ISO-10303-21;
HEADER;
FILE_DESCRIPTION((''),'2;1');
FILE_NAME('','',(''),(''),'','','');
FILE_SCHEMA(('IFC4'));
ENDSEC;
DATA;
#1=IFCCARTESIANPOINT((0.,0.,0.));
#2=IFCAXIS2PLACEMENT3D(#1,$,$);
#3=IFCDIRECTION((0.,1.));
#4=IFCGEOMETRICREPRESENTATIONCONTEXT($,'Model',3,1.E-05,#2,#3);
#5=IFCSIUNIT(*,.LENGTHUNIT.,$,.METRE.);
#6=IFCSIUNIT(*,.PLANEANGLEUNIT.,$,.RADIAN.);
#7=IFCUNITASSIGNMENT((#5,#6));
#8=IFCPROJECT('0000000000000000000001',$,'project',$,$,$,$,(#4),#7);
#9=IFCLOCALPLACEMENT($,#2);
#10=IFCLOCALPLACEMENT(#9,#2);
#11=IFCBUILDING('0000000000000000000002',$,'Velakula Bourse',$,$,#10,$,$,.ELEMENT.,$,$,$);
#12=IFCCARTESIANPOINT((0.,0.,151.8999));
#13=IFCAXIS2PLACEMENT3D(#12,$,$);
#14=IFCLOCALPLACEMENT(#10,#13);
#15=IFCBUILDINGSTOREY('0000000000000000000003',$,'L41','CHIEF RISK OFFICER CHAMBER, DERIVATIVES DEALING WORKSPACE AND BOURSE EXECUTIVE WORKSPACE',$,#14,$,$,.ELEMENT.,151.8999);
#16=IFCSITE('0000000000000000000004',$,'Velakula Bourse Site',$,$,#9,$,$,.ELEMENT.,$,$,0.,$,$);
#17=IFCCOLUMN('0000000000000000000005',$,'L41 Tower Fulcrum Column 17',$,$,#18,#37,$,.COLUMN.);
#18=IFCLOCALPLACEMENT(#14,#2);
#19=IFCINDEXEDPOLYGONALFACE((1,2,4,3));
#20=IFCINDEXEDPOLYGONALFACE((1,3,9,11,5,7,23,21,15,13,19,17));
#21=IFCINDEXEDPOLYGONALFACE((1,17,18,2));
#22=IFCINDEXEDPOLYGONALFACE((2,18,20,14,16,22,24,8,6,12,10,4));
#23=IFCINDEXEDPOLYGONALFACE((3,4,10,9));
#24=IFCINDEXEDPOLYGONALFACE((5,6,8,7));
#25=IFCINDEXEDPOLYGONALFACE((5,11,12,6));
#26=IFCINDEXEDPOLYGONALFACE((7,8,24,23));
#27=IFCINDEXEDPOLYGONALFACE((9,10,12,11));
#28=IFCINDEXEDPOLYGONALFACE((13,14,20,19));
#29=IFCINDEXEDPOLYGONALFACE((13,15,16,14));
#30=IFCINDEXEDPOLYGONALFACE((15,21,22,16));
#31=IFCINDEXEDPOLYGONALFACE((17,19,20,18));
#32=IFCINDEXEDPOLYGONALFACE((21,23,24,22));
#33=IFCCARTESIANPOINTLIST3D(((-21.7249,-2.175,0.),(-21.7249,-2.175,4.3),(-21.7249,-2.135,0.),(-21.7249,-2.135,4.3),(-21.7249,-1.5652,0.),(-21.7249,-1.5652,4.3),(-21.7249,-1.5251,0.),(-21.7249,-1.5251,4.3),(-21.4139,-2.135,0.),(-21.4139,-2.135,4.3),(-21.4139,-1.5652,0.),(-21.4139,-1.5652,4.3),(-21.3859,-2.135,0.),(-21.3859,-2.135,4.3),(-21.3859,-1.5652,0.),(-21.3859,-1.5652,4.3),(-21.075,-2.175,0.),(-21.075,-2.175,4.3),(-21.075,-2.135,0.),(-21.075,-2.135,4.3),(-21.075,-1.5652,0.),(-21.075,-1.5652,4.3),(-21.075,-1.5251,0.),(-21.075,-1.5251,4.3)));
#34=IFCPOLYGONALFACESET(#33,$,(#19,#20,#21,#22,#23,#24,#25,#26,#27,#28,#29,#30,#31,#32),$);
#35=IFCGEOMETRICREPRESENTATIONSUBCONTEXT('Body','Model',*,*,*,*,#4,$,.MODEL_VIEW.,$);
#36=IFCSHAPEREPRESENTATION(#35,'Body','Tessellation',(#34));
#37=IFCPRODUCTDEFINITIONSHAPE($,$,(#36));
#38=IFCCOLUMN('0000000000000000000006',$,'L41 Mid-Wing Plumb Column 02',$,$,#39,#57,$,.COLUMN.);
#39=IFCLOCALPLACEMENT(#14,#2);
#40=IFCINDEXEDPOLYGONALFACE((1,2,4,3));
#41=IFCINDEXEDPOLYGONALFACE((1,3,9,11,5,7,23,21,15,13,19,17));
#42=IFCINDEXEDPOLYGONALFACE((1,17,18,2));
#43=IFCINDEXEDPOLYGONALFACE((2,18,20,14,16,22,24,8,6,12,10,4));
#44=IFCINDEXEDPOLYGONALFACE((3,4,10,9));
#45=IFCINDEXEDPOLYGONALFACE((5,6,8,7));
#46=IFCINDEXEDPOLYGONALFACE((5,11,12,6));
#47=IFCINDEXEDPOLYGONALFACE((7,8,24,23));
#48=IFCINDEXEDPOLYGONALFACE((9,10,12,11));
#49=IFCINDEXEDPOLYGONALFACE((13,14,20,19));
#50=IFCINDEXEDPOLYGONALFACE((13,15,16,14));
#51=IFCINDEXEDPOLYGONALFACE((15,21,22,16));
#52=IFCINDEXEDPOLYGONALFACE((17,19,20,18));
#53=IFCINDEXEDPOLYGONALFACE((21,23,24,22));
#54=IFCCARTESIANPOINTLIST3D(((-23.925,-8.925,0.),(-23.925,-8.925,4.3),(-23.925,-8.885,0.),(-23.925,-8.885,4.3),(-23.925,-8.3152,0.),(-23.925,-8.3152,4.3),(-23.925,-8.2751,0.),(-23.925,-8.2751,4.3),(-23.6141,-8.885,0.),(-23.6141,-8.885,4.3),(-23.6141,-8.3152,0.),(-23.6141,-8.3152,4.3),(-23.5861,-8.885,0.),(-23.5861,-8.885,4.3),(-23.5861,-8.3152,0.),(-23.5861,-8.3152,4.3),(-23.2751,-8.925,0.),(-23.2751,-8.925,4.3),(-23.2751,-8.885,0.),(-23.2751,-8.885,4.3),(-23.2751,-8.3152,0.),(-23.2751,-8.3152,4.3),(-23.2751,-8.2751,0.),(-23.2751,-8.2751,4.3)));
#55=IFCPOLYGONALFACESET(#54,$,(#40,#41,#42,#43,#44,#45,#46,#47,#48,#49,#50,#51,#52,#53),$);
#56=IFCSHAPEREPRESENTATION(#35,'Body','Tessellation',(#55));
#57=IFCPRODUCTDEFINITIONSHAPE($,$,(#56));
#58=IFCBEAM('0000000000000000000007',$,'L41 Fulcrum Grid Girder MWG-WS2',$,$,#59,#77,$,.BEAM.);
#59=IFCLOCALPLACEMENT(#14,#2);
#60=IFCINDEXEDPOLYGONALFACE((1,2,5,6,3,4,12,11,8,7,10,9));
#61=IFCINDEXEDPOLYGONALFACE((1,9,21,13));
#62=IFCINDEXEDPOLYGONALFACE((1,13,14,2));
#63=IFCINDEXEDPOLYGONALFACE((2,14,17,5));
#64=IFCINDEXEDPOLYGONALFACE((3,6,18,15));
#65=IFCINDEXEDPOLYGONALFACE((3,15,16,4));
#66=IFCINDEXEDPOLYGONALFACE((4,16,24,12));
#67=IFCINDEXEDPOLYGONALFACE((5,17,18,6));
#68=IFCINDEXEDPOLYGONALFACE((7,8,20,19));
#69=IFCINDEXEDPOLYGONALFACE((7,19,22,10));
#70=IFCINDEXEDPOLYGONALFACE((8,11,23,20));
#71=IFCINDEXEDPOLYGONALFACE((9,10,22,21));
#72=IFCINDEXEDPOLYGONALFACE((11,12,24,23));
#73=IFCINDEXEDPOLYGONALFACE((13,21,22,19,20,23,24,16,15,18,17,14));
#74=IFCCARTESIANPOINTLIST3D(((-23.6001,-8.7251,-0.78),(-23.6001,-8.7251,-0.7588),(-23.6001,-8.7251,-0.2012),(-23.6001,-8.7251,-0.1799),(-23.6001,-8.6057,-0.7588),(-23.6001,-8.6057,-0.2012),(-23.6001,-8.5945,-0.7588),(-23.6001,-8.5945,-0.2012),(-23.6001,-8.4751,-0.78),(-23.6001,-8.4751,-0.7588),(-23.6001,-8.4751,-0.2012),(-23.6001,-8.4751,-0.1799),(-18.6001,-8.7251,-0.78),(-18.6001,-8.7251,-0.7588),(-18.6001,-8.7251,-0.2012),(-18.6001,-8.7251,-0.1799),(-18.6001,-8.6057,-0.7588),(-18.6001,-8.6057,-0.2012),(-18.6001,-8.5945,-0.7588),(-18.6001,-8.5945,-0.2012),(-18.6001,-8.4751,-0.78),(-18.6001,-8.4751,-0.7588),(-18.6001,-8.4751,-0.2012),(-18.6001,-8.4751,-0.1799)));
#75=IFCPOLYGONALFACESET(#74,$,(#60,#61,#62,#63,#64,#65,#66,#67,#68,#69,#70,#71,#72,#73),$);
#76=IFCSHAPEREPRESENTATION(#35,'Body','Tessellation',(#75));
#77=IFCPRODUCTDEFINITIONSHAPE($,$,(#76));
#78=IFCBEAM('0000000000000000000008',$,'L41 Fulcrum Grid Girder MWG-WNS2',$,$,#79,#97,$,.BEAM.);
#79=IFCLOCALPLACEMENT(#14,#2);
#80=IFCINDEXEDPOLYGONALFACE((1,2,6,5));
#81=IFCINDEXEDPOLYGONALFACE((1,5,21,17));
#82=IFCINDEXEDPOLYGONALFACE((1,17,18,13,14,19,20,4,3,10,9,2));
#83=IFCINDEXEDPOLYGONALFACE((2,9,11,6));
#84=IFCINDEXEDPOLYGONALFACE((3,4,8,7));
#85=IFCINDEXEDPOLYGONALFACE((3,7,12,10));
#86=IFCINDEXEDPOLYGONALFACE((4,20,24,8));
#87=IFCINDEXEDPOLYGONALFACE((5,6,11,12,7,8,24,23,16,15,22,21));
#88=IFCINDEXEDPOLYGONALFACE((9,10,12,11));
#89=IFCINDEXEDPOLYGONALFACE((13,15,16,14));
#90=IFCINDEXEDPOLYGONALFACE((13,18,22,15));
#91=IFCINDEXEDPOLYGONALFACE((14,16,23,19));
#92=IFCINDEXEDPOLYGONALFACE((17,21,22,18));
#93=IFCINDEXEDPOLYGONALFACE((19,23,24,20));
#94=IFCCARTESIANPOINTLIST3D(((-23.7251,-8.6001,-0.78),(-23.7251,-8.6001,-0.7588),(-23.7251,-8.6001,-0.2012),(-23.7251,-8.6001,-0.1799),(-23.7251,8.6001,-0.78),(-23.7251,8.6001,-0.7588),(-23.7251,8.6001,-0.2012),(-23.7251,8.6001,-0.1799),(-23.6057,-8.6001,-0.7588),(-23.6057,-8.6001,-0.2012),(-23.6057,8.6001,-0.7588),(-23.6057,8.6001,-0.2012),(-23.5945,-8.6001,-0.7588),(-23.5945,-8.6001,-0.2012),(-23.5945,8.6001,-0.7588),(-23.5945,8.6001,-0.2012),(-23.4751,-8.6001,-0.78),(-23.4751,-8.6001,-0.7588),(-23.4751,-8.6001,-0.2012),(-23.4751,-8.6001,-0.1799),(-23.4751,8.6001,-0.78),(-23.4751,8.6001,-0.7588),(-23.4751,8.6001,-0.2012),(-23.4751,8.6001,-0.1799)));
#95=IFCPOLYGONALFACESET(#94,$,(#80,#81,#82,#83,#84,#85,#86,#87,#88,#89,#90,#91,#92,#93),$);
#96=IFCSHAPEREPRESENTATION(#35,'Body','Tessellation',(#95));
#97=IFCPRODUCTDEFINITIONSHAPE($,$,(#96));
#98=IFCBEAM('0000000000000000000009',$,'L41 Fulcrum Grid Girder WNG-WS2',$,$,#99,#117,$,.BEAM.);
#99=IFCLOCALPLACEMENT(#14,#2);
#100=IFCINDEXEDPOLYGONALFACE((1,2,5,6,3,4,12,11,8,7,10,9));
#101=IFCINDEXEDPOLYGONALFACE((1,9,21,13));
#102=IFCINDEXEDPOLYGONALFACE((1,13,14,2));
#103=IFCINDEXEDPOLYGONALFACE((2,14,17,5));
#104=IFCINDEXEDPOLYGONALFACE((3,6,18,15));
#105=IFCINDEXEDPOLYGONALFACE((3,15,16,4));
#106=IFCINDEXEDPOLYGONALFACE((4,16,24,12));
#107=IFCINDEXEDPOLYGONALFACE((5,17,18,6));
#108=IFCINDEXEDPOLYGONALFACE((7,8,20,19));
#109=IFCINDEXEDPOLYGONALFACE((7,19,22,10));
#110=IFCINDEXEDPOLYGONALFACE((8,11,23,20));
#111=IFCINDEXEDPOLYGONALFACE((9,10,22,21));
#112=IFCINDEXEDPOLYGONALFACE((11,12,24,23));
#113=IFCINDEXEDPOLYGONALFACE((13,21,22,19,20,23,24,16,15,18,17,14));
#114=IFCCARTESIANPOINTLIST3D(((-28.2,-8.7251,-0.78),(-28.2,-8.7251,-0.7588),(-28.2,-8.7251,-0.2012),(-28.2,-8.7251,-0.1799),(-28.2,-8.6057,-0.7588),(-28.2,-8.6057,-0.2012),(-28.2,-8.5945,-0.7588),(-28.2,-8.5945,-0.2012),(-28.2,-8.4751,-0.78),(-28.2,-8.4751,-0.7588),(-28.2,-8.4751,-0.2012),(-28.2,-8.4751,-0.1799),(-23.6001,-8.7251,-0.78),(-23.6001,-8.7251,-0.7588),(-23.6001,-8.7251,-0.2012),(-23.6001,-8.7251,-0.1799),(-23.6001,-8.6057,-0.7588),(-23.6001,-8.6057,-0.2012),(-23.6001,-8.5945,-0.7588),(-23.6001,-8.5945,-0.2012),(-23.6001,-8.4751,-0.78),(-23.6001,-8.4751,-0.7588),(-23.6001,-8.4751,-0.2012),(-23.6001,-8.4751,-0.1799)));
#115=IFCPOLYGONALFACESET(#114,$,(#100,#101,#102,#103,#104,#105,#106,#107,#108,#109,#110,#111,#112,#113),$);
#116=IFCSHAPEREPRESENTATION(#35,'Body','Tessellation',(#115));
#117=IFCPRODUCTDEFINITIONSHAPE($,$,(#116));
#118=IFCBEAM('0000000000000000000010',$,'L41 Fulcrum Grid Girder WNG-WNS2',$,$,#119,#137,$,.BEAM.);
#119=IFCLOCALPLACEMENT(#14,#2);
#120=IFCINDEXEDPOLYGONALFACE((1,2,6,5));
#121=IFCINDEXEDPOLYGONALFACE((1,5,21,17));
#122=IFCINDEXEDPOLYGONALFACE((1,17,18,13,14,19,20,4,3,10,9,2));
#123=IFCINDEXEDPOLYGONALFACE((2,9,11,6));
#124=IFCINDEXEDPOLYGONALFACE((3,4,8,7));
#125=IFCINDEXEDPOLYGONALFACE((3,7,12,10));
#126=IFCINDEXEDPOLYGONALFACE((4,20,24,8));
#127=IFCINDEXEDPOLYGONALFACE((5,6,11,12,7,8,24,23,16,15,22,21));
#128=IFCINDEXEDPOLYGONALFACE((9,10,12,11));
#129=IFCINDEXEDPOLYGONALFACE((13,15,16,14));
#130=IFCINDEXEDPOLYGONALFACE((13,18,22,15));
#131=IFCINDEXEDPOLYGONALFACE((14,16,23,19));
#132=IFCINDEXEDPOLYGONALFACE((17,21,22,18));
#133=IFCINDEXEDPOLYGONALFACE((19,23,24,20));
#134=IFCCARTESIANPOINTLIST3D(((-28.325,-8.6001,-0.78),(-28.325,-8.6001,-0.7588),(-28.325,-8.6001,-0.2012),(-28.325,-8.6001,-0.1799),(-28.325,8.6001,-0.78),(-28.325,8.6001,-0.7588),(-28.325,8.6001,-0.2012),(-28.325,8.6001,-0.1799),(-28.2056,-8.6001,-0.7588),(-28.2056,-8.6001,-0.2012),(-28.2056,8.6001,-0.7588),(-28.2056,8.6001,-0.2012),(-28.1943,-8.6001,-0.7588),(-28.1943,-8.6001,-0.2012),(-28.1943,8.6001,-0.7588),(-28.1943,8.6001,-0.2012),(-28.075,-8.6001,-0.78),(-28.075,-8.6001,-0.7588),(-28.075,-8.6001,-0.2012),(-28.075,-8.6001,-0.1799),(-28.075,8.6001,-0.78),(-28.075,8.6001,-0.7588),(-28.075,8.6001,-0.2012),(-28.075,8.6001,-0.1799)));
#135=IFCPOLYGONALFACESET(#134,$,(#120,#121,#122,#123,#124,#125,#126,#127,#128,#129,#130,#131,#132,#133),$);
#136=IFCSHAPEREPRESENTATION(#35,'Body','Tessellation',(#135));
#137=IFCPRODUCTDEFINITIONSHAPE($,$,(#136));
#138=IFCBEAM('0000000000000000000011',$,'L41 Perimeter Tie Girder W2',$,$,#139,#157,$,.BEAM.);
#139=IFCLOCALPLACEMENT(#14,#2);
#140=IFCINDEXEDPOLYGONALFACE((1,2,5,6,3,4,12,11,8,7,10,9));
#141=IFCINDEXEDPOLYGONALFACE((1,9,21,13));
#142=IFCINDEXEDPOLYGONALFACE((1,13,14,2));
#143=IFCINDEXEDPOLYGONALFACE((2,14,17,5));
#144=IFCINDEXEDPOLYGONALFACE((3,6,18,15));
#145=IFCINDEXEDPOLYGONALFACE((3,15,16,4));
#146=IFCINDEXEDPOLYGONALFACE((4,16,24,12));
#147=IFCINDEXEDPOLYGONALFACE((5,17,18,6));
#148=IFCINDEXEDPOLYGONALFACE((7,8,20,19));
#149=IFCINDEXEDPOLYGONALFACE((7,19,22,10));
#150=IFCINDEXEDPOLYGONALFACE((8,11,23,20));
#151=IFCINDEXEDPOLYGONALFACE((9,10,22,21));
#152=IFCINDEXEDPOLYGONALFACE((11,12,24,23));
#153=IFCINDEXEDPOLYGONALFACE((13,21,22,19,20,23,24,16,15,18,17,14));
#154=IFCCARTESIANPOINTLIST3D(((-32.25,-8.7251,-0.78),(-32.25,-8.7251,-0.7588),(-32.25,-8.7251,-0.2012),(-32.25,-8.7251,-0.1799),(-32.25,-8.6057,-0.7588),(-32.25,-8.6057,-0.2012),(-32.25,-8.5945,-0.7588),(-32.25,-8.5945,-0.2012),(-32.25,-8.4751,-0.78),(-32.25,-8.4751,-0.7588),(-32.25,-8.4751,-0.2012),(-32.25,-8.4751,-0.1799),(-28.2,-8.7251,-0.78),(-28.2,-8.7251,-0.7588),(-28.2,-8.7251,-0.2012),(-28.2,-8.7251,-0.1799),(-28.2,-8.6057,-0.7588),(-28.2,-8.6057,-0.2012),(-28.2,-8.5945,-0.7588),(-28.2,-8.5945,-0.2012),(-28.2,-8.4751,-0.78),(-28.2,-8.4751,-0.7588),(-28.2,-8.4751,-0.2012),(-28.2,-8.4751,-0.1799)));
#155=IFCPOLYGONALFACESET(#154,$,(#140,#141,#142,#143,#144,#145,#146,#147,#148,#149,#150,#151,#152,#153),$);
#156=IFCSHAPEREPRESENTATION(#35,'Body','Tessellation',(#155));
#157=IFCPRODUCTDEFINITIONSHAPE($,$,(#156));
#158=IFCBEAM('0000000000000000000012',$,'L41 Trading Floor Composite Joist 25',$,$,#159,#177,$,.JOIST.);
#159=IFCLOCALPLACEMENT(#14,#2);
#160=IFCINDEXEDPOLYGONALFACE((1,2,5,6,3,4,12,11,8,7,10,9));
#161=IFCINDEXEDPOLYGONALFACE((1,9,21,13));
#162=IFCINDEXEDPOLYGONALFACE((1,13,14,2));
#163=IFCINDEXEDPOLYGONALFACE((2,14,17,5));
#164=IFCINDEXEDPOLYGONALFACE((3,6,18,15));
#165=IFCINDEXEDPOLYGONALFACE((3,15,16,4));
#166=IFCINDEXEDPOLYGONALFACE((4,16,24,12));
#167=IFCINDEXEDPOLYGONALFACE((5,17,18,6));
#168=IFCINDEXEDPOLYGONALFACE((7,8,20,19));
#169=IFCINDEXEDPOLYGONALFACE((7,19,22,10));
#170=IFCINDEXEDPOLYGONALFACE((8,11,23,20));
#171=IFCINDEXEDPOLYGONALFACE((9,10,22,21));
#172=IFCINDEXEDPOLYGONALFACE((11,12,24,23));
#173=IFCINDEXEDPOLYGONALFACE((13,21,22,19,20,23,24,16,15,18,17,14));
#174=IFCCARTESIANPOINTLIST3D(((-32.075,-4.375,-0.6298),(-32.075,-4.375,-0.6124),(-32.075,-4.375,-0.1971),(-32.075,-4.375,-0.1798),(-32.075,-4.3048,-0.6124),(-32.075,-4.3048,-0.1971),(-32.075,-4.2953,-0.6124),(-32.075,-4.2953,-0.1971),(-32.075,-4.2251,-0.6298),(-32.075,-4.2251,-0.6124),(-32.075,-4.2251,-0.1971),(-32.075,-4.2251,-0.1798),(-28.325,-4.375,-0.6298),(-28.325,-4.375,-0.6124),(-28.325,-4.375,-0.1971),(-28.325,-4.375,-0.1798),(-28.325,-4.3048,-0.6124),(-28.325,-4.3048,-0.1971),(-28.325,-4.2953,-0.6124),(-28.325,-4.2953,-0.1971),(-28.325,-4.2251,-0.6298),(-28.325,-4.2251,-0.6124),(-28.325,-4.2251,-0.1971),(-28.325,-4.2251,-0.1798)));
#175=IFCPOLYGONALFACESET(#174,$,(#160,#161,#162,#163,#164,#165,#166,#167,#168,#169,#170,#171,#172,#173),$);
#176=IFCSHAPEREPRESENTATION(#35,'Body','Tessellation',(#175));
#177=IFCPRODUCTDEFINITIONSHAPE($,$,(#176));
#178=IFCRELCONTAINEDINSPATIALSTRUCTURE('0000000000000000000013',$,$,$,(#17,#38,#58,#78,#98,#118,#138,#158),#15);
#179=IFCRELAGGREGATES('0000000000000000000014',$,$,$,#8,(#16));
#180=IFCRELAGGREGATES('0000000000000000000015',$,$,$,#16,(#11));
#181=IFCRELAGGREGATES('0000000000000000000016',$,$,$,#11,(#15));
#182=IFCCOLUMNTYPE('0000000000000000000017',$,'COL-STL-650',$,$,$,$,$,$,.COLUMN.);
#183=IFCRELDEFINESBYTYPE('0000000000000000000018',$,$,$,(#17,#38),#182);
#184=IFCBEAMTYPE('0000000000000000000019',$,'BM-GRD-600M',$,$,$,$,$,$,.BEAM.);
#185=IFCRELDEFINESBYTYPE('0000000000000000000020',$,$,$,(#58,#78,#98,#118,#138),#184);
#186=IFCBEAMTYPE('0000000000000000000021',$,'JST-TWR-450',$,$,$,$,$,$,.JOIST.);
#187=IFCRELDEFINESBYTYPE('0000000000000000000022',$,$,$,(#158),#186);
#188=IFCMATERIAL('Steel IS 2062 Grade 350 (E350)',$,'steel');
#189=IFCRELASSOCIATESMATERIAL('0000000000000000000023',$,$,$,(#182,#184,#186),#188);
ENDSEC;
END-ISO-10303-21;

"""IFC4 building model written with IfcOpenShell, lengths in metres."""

from ifc_helpers import new_model, si_unit, direction, frame, origin, origin_2d, place, context, subcontext, project, spatial, i_section, extrude, material, material_profile, profile_set, type_object, element, save


model = new_model("IFC4")

# Units and contexts
model_context = context("Model", 3, precision=1e-05, world=origin(), true_north=direction((0.0, 1.0)))
body_context = subcontext(model_context, "Body", "Model", "MODEL_VIEW")
ifc_project = project(units=[si_unit("LENGTHUNIT", "METRE"), si_unit("PLANEANGLEUNIT", "RADIAN")], contexts=[model_context])

# Site, building, storey
site_placement = place(None, origin())
site = spatial("IfcSite", under=ifc_project, at=site_placement, Name="Velakula Bourse Site", CompositionType="ELEMENT", RefElevation=0.0)
building_placement = place(site_placement, origin())
building = spatial("IfcBuilding", under=site, at=building_placement, Name="Velakula Bourse", CompositionType="ELEMENT")
storey_placement = place(building_placement, frame((0.0, 0.0, 151.8999)))
storey = spatial("IfcBuildingStorey", under=building, at=storey_placement, Name="L41", Description="CHIEF RISK OFFICER CHAMBER, DERIVATIVES DEALING WORKSPACE AND BOURSE EXECUTIVE WORKSPACE", CompositionType="ELEMENT", Elevation=151.8999)

# Columns
ifc_material = material(Name="Steel IS 2062 Grade 350 (E350)", Category="steel")
ifc_material_profile_1 = material_profile(ifc_material, i_section(OverallWidth=0.6499, OverallDepth=0.6499, WebThickness=0.0281, FlangeThickness=0.04, at=origin_2d()), Name="Steel IS 2062 Grade 350 (E350)")
ifc_profile_set_1 = profile_set([ifc_material_profile_1], Name="Steel IS 2062 Grade 350 (E350)")
column_type = type_object("IfcColumnType", Name="COL-STL-650", PredefinedType="COLUMN", material=ifc_profile_set_1)
for number, where, z_axis, x_axis, name in (
    (1, (-21.3999, -1.8501, 0.0), (0.0, 0.0, 1.0), (1.0, 0.0, 0.0), "L41 Tower Fulcrum Column 17"),
    (2, (-23.6001, -8.6001, 0.0), (0.0, 0.0, 1.0), (1.0, 0.0, 0.0), "L41 Mid-Wing Plumb Column 02"),
):
    element("IfcColumn", number, at=place(storey_placement, frame(where, z_axis=z_axis, x_axis=x_axis)), inside=storey, type_object=column_type, Name=name, PredefinedType="COLUMN", context=body_context, shape_type="SweptSolid", body=[
        extrude(i_section(OverallWidth=0.6499, OverallDepth=0.6499, WebThickness=0.0281, FlangeThickness=0.04, at=origin_2d()), origin(), (0.0, 0.0, 1.0), 4.3),
    ])

# Beams
ifc_material_profile_2 = material_profile(ifc_material, i_section(OverallWidth=0.25, OverallDepth=0.6001, WebThickness=0.0112, FlangeThickness=0.0212, at=origin_2d()), Name="Steel IS 2062 Grade 350 (E350)")
ifc_profile_set_2 = profile_set([ifc_material_profile_2], Name="Steel IS 2062 Grade 350 (E350)")
beam_type_1 = type_object("IfcBeamType", Name="BM-GRD-600M", PredefinedType="BEAM", material=ifc_profile_set_2)
beam_1_placement = place(storey_placement, frame((-23.6001, -8.6001, -0.48), z_axis=(1.0, 0.0, 0.0), x_axis=(0.0, 1.0, 0.0)))
element("IfcBeam", 3, at=beam_1_placement, inside=storey, type_object=beam_type_1, Name="L41 Fulcrum Grid Girder MWG-WS2", PredefinedType="BEAM", context=body_context, shape_type="SweptSolid", body=[
    extrude(i_section(OverallWidth=0.25, OverallDepth=0.6001, WebThickness=0.0112, FlangeThickness=0.0212, at=origin_2d()), origin(), (0.0, 0.0, 1.0), 5.0),
])
beam_2_placement = place(storey_placement, frame((-23.6001, -8.6001, -0.48), z_axis=(0.0, 1.0, 0.0), x_axis=(-1.0, 0.0, 0.0)))
element("IfcBeam", 4, at=beam_2_placement, inside=storey, type_object=beam_type_1, Name="L41 Fulcrum Grid Girder MWG-WNS2", PredefinedType="BEAM", context=body_context, shape_type="SweptSolid", body=[
    extrude(i_section(OverallWidth=0.25, OverallDepth=0.6001, WebThickness=0.0112, FlangeThickness=0.0212, at=origin_2d()), origin(), (0.0, 0.0, 1.0), 17.2002),
])
beam_3_placement = place(storey_placement, frame((-28.2, -8.6001, -0.48), z_axis=(1.0, 0.0, 0.0), x_axis=(0.0, 1.0, 0.0)))
element("IfcBeam", 5, at=beam_3_placement, inside=storey, type_object=beam_type_1, Name="L41 Fulcrum Grid Girder WNG-WS2", PredefinedType="BEAM", context=body_context, shape_type="SweptSolid", body=[
    extrude(i_section(OverallWidth=0.25, OverallDepth=0.6001, WebThickness=0.0112, FlangeThickness=0.0212, at=origin_2d()), origin(), (0.0, 0.0, 1.0), 4.5999),
])
beam_4_placement = place(storey_placement, frame((-28.2, -8.6001, -0.48), z_axis=(0.0, 1.0, 0.0), x_axis=(-1.0, 0.0, 0.0)))
element("IfcBeam", 6, at=beam_4_placement, inside=storey, type_object=beam_type_1, Name="L41 Fulcrum Grid Girder WNG-WNS2", PredefinedType="BEAM", context=body_context, shape_type="SweptSolid", body=[
    extrude(i_section(OverallWidth=0.25, OverallDepth=0.6001, WebThickness=0.0112, FlangeThickness=0.0212, at=origin_2d()), origin(), (0.0, 0.0, 1.0), 17.2002),
])
beam_5_placement = place(storey_placement, frame((-28.2, -8.6001, -0.48), z_axis=(-1.0, 0.0, 0.0), x_axis=(0.0, -1.0, 0.0)))
element("IfcBeam", 7, at=beam_5_placement, inside=storey, type_object=beam_type_1, Name="L41 Perimeter Tie Girder W2", PredefinedType="BEAM", context=body_context, shape_type="SweptSolid", body=[
    extrude(i_section(OverallWidth=0.25, OverallDepth=0.6001, WebThickness=0.0112, FlangeThickness=0.0212, at=origin_2d()), origin(), (0.0, 0.0, 1.0), 4.05),
])
ifc_material_profile_3 = material_profile(ifc_material, i_section(OverallWidth=0.1499, OverallDepth=0.45, WebThickness=0.0095, FlangeThickness=0.0173, at=origin_2d()), Name="Steel IS 2062 Grade 350 (E350)")
ifc_profile_set_3 = profile_set([ifc_material_profile_3], Name="Steel IS 2062 Grade 350 (E350)")
beam_type_2 = type_object("IfcBeamType", Name="JST-TWR-450", PredefinedType="JOIST", material=ifc_profile_set_3)
beam_6_placement = place(storey_placement, frame((-32.075, -4.3, -0.4048), z_axis=(1.0, 0.0, 0.0), x_axis=(0.0, 1.0, 0.0)))
element("IfcBeam", 8, at=beam_6_placement, inside=storey, type_object=beam_type_2, Name="L41 Trading Floor Composite Joist 25", PredefinedType="JOIST", context=body_context, shape_type="SweptSolid", body=[
    extrude(i_section(OverallWidth=0.1499, OverallDepth=0.45, WebThickness=0.0095, FlangeThickness=0.0173, at=origin_2d()), origin(), (0.0, 0.0, 1.0), 3.75),
])

save(model, "model.ifc")
